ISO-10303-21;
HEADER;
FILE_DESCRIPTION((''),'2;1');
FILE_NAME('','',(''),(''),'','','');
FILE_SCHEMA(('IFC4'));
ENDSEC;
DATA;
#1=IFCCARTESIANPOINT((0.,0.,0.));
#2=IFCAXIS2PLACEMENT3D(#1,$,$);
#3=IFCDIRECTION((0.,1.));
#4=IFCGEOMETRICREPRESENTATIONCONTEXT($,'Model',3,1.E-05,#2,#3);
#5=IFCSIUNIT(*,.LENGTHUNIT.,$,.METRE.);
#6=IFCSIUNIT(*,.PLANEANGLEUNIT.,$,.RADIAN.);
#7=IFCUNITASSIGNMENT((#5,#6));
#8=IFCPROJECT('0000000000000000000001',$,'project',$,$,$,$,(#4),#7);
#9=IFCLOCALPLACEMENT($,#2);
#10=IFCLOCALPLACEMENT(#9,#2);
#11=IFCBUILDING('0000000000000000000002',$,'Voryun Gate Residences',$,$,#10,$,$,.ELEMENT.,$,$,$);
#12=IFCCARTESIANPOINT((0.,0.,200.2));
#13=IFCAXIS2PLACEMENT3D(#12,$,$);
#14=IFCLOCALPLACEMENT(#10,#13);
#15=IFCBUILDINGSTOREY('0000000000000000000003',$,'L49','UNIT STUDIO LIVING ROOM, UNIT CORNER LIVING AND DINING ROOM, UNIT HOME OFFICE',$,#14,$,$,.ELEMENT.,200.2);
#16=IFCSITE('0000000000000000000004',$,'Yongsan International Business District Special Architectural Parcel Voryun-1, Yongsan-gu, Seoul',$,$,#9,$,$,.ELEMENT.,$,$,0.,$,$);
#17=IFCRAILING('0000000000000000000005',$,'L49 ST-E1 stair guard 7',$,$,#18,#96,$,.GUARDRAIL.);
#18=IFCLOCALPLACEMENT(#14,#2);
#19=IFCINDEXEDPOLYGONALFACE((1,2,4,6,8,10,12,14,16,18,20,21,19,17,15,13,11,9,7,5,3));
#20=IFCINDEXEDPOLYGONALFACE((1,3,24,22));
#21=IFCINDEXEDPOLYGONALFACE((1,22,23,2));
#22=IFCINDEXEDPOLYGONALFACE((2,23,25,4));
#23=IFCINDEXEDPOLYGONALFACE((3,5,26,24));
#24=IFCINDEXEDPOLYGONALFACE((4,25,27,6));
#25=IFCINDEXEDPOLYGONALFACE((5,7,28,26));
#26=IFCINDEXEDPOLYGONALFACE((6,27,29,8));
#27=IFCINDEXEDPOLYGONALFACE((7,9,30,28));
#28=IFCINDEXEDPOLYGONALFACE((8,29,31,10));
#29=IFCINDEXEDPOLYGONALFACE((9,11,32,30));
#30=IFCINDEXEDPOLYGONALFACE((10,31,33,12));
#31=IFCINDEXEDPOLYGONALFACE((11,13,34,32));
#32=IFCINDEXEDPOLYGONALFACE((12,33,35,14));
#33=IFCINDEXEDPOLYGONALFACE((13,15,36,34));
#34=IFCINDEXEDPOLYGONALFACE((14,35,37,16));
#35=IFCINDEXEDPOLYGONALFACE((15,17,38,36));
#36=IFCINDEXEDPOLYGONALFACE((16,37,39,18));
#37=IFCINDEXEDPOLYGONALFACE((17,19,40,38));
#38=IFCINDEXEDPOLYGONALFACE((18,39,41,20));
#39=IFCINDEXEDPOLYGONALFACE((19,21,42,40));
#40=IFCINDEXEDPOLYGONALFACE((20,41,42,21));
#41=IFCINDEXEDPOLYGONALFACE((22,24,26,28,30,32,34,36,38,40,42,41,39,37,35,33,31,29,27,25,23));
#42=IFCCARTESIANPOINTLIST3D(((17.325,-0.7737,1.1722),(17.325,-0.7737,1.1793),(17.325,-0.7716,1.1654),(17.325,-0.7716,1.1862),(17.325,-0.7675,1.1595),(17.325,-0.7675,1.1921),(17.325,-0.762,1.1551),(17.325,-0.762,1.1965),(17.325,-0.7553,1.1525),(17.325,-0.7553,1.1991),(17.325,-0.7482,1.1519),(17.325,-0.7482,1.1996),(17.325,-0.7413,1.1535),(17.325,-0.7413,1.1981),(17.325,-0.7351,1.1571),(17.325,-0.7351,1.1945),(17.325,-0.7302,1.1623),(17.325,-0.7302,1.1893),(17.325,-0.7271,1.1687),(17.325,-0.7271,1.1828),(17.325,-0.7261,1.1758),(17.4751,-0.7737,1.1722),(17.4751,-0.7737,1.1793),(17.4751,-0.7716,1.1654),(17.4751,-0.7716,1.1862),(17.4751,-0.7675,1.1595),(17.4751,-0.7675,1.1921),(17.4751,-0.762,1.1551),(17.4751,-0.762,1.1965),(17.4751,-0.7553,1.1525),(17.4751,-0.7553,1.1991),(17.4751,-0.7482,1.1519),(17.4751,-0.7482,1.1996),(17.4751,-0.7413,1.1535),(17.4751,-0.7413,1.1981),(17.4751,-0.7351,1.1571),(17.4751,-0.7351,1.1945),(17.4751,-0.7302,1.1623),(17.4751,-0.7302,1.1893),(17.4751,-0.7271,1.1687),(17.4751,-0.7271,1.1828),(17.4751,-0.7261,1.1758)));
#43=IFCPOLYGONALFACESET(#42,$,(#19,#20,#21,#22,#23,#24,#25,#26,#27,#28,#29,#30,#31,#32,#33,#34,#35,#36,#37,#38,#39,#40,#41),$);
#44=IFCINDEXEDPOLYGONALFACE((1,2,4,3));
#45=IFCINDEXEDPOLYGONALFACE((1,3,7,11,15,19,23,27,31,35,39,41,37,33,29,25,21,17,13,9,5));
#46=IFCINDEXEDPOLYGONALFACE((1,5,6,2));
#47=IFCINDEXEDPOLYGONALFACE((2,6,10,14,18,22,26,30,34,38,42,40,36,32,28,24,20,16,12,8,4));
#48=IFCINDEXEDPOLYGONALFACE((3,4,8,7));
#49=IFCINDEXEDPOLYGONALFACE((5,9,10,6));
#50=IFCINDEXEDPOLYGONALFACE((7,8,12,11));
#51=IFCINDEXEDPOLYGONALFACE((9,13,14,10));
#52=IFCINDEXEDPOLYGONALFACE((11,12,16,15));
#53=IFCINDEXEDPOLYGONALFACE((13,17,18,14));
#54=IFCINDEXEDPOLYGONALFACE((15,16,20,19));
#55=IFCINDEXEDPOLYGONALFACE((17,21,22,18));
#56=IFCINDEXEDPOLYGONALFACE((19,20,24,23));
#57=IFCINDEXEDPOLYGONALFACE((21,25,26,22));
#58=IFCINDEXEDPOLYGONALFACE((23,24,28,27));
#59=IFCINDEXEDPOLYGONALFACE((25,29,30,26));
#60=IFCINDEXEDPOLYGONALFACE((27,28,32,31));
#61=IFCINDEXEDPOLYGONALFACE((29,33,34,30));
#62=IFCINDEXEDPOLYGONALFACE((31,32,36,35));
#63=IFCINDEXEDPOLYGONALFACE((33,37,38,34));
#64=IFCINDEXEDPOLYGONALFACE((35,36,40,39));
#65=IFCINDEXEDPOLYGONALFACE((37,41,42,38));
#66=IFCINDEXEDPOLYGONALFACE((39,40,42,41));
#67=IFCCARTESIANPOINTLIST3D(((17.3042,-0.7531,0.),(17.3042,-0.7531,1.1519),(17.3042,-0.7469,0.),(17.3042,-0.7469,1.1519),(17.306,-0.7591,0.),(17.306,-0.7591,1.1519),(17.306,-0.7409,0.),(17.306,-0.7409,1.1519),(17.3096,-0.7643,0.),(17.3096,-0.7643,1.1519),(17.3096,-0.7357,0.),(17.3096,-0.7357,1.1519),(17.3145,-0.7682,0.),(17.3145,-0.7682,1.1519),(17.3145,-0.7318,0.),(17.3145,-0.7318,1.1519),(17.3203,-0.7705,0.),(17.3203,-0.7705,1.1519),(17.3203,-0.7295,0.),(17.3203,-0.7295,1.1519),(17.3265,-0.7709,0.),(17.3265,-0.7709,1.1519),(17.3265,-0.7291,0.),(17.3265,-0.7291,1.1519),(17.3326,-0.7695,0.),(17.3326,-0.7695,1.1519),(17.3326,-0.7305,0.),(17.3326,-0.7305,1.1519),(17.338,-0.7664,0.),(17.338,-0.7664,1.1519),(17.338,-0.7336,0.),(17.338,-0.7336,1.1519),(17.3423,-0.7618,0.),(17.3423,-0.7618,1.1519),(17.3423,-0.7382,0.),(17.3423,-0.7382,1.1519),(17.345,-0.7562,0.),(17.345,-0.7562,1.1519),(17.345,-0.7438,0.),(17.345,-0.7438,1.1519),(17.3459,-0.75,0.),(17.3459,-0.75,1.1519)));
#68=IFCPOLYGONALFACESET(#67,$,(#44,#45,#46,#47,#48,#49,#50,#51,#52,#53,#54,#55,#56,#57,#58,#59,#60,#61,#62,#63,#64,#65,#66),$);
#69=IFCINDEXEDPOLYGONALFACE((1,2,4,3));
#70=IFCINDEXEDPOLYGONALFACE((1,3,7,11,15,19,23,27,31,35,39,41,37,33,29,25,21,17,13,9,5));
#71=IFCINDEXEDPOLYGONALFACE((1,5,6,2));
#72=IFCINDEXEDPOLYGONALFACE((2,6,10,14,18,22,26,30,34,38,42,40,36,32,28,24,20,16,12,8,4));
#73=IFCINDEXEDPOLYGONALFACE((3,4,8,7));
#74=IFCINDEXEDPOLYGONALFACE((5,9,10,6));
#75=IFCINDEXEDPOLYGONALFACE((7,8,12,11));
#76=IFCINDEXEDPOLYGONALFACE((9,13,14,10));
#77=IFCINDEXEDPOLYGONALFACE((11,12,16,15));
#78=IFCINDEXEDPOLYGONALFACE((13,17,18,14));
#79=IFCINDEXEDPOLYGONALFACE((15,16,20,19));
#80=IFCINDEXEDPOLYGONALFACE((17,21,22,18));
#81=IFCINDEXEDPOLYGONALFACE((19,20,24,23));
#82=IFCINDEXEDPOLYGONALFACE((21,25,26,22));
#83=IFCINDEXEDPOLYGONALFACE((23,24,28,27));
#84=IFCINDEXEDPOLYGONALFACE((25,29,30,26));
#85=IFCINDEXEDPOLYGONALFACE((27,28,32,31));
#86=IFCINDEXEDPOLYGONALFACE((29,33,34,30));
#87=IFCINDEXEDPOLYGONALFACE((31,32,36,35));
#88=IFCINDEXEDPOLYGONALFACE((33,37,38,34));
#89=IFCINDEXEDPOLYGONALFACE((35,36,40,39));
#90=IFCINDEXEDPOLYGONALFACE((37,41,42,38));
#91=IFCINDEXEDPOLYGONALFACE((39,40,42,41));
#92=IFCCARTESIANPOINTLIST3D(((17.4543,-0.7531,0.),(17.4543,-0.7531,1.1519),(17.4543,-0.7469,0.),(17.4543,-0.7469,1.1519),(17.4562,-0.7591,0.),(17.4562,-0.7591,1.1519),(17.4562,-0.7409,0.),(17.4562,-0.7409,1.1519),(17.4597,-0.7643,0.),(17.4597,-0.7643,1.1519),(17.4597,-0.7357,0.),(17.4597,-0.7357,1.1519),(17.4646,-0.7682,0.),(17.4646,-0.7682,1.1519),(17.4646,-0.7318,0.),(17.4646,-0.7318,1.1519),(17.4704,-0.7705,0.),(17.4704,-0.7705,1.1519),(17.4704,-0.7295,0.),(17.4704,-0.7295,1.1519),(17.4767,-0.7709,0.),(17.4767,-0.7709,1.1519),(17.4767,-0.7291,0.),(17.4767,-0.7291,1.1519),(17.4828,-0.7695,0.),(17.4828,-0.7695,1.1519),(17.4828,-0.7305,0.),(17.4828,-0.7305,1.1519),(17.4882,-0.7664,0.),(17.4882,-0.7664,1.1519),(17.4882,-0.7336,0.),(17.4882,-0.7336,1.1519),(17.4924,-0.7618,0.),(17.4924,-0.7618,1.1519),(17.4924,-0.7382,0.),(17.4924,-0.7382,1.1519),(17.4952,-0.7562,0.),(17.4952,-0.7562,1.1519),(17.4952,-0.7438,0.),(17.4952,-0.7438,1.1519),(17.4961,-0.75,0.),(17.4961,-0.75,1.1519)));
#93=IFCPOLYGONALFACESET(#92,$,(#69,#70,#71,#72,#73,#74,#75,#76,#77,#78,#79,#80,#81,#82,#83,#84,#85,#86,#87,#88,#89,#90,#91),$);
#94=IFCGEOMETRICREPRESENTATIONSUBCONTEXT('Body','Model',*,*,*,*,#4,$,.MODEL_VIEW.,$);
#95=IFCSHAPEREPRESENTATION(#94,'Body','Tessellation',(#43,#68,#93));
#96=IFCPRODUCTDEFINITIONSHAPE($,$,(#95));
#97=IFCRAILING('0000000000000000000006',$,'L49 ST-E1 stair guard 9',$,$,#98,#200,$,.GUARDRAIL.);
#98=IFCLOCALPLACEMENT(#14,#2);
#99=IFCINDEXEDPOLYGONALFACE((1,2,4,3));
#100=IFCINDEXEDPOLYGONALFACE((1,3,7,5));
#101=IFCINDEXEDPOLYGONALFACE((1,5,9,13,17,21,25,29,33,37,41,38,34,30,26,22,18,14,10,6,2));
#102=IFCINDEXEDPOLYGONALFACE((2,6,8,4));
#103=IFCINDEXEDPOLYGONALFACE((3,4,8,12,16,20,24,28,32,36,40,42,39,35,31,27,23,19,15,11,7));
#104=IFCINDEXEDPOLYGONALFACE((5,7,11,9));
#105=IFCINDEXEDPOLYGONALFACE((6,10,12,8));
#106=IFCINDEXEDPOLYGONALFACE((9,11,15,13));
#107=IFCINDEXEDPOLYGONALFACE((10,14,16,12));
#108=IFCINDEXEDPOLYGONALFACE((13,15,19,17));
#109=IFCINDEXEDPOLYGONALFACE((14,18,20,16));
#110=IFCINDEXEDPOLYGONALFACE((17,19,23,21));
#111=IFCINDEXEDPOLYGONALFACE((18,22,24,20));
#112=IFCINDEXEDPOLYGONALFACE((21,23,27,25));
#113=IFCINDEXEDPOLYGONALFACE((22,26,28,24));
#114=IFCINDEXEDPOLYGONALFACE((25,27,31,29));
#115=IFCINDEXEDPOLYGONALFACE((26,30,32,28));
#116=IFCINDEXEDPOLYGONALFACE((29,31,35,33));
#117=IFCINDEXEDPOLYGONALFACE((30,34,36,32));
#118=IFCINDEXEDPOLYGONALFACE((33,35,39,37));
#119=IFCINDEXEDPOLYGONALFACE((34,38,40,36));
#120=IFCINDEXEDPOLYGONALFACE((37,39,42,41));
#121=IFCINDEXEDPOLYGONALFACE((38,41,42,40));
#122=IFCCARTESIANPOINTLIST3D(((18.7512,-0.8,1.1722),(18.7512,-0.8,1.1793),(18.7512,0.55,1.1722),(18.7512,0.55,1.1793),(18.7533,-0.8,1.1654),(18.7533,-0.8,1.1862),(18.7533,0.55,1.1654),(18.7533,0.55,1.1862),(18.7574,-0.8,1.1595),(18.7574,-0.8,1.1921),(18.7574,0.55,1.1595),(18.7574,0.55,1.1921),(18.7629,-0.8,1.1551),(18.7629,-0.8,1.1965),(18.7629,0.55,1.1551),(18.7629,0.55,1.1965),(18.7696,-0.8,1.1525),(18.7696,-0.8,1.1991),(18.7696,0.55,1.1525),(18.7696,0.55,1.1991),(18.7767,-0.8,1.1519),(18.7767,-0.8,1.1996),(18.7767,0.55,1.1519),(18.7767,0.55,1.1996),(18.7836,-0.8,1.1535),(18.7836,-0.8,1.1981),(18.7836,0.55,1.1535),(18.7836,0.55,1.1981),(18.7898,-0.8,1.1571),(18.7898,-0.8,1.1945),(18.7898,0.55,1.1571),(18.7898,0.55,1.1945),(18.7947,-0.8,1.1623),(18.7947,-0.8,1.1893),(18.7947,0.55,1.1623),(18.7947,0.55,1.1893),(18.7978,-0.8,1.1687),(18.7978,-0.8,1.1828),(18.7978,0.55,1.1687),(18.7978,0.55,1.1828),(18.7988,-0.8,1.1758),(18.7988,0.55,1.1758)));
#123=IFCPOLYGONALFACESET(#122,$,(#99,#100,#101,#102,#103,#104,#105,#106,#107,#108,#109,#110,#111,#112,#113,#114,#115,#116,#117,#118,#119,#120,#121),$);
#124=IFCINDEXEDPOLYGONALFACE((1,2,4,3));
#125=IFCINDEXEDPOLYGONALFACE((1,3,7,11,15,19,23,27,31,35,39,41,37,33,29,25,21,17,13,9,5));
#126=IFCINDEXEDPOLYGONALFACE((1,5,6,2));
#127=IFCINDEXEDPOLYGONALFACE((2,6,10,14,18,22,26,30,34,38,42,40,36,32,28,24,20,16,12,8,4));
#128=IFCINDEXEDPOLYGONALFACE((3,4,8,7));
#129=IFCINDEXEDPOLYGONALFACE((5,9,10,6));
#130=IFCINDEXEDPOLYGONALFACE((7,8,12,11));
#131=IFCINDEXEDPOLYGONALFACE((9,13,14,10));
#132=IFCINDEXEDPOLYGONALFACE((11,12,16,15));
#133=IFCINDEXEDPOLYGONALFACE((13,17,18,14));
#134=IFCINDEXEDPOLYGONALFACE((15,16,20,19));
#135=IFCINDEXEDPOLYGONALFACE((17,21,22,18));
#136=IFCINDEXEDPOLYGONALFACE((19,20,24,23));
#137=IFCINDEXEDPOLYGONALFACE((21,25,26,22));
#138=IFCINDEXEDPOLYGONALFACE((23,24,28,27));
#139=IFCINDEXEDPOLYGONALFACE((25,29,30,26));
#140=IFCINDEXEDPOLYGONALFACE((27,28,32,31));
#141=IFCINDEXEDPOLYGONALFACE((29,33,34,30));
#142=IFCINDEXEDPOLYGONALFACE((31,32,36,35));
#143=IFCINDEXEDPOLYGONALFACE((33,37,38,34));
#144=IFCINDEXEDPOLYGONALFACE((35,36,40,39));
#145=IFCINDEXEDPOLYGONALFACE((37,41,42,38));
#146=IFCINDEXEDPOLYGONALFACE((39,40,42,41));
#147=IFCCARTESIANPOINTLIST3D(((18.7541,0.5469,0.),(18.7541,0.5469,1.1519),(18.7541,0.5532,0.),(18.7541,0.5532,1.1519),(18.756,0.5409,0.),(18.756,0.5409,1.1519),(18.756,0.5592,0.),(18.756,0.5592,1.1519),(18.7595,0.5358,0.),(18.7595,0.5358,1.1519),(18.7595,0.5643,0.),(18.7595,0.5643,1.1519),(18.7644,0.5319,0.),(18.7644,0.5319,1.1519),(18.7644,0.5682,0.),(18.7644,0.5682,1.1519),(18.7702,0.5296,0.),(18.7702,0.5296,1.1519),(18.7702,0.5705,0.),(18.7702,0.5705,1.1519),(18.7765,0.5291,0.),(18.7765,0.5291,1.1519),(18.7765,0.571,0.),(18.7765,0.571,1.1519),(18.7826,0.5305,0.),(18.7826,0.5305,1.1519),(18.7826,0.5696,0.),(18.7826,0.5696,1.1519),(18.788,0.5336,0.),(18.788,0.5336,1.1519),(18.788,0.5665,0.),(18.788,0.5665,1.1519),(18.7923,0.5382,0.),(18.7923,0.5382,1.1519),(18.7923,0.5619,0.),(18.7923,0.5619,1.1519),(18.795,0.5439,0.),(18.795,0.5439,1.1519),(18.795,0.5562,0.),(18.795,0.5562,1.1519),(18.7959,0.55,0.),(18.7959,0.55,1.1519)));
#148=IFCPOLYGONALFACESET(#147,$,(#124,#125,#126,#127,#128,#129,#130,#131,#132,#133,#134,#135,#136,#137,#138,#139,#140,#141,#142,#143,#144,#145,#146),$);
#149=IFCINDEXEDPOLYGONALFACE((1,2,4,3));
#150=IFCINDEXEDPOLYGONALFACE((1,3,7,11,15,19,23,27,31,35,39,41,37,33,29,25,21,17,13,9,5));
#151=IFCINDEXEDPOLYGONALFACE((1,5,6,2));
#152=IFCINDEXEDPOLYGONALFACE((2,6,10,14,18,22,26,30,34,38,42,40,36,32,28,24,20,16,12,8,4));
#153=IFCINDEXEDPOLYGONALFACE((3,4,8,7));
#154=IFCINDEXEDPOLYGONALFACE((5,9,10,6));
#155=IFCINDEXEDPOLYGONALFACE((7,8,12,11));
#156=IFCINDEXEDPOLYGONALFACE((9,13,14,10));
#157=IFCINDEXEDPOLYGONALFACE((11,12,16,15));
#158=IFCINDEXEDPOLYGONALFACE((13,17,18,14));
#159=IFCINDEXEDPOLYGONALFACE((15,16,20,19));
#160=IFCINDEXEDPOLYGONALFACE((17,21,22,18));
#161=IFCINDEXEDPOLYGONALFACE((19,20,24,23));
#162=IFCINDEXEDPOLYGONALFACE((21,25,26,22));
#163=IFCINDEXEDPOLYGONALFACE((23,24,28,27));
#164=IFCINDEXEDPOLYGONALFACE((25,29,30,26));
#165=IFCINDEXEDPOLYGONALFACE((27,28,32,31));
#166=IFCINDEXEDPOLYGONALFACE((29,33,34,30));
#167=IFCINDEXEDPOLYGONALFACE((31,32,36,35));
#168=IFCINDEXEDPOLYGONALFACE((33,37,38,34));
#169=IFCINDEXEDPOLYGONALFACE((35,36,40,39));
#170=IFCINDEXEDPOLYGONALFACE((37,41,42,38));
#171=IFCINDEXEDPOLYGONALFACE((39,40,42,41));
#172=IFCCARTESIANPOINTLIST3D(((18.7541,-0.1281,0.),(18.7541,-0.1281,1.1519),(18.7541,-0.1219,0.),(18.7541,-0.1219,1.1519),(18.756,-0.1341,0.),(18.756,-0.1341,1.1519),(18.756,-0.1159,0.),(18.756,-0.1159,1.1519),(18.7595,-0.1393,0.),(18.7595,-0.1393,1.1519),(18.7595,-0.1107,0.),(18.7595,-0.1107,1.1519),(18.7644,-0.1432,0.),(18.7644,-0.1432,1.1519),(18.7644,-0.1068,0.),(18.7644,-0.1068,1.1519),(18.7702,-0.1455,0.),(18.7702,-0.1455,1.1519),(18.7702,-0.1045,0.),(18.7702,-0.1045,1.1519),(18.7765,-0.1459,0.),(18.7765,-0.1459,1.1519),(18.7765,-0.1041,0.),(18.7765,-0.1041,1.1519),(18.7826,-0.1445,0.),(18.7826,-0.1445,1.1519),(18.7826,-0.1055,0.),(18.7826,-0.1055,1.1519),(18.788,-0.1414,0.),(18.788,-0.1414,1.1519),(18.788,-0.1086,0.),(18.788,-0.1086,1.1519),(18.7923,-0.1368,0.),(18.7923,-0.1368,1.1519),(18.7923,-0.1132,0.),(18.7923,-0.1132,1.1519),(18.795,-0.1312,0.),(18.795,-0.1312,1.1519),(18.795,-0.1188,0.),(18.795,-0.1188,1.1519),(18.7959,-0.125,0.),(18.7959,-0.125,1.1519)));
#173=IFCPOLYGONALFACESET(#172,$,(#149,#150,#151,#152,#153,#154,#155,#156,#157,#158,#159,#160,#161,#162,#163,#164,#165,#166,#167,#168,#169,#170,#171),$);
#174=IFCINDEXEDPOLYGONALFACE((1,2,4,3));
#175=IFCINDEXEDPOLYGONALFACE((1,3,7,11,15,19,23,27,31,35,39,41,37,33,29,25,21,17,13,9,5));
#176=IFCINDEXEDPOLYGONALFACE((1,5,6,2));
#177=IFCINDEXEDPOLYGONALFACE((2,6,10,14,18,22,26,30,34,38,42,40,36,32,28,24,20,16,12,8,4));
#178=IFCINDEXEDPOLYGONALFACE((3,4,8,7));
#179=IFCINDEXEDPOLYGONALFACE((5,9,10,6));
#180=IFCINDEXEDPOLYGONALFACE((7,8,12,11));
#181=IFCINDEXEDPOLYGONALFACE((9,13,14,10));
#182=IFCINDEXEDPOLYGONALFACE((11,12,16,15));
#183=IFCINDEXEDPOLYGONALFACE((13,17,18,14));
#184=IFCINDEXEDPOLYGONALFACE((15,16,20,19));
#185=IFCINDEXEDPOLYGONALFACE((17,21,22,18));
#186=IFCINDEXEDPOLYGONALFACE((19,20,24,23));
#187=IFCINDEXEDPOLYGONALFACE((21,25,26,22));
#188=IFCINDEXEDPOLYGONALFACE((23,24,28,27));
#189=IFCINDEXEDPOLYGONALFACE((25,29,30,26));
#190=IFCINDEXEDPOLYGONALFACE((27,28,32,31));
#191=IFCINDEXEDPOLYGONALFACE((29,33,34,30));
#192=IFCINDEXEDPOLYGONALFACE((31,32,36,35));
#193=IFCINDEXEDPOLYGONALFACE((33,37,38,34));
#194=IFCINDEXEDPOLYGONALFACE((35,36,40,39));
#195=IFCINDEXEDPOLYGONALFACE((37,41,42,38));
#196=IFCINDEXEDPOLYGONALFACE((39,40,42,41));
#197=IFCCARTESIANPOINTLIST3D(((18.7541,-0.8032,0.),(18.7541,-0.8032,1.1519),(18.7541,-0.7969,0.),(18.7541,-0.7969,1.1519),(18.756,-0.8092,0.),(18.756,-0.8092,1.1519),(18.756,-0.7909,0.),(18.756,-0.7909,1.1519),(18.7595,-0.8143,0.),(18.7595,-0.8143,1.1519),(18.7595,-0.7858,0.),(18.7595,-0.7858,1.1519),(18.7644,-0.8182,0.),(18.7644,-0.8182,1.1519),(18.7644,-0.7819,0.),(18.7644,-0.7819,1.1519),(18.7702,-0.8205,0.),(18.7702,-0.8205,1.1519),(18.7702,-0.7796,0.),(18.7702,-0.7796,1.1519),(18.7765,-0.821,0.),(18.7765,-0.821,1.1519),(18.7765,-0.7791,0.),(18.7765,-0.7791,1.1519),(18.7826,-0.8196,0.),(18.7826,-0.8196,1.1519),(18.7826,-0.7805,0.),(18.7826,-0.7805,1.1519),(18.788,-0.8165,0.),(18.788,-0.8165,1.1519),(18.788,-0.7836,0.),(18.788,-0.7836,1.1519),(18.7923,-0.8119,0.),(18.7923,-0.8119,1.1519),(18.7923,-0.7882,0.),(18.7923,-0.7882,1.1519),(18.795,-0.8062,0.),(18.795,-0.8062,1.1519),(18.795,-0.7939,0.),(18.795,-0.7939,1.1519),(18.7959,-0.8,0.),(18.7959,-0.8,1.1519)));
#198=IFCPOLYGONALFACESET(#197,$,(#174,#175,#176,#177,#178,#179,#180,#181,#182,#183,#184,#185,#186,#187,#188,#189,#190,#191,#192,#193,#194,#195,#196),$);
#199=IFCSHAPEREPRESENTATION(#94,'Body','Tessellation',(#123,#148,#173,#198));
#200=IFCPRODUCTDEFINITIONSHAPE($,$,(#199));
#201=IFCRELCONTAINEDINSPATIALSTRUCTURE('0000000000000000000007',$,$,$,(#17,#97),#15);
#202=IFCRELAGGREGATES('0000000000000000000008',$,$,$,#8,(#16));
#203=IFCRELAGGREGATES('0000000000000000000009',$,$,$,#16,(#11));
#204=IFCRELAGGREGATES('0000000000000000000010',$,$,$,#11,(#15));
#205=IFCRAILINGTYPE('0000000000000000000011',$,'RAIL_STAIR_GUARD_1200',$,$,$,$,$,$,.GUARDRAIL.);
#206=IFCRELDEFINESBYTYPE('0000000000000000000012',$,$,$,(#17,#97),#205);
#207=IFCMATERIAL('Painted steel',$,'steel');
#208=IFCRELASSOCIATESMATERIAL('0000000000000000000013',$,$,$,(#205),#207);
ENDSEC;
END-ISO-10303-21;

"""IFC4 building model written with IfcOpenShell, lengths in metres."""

from ifc_helpers import new_model, si_unit, direction, frame, origin, origin_2d, place, context, subcontext, project, spatial, circle, extrude, material, type_object, element, save


model = new_model("IFC4")

# Units and contexts
model_context = context("Model", 3, precision=1e-05, world=origin(), true_north=direction((0.0, 1.0)))
body_context = subcontext(model_context, "Body", "Model", "MODEL_VIEW")
ifc_project = project(units=[si_unit("LENGTHUNIT", "METRE"), si_unit("PLANEANGLEUNIT", "RADIAN")], contexts=[model_context])

# Site, building, storey
site_placement = place(None, origin())
site = spatial("IfcSite", under=ifc_project, at=site_placement, Name="Yongsan International Business District Special Architectural Parcel Voryun-1, Yongsan-gu, Seoul", CompositionType="ELEMENT", RefElevation=0.0)
building_placement = place(site_placement, origin())
building = spatial("IfcBuilding", under=site, at=building_placement, Name="Voryun Gate Residences", CompositionType="ELEMENT")
storey_placement = place(building_placement, frame((0.0, 0.0, 200.2)))
storey = spatial("IfcBuildingStorey", under=building, at=storey_placement, Name="L49", Description="UNIT STUDIO LIVING ROOM, UNIT CORNER LIVING AND DINING ROOM, UNIT HOME OFFICE", CompositionType="ELEMENT", Elevation=200.2)

# Railings
ifc_material_1 = material(Name="Painted steel", Category="steel")
railing_type_1 = type_object("IfcRailingType", Name="RAIL_STAIR_GUARD_1200", PredefinedType="GUARDRAIL", material=ifc_material_1)
railing_1_placement = place(storey_placement, frame((17.325, -0.75, 0.0)))
element("IfcRailing", 1, at=railing_1_placement, inside=storey, type_object=railing_type_1, Name="L49 ST-E1 stair guard 7", PredefinedType="GUARDRAIL", context=body_context, shape_type="SweptSolid", body=[
    extrude(circle(Radius=0.0239, at=origin_2d()), frame((0.0, 0.0, 1.1758), z_axis=(1.0, 0.0, 0.0), x_axis=(0.0, 1.0, 0.0)), (0.0, 0.0, 1.0), 0.1501),
    extrude(circle(Radius=0.021, at=origin_2d()), origin(), (0.0, 0.0, 1.0), 1.1519),
    extrude(circle(Radius=0.021, at=origin_2d()), frame((0.1501, 0.0, 0.0)), (0.0, 0.0, 1.0), 1.1519),
])
railing_2_placement = place(storey_placement, frame((18.7749, 0.55, 0.0)))
element("IfcRailing", 2, at=railing_2_placement, inside=storey, type_object=railing_type_1, Name="L49 ST-E1 stair guard 9", PredefinedType="GUARDRAIL", context=body_context, shape_type="SweptSolid", body=[
    extrude(circle(Radius=0.0239, at=origin_2d()), frame((0.0, 0.0, 1.1758), z_axis=(0.0, -1.0, 0.0), x_axis=(1.0, 0.0, 0.0)), (0.0, 0.0, 1.0), 1.3501),
    extrude(circle(Radius=0.021, at=origin_2d()), origin(), (0.0, 0.0, 1.0), 1.1519),
    extrude(circle(Radius=0.021, at=origin_2d()), frame((0.0, -0.675, 0.0)), (0.0, 0.0, 1.0), 1.1519),
    extrude(circle(Radius=0.021, at=origin_2d()), frame((0.0, -1.3501, 0.0)), (0.0, 0.0, 1.0), 1.1519),
])

save(model, "model.ifc")
